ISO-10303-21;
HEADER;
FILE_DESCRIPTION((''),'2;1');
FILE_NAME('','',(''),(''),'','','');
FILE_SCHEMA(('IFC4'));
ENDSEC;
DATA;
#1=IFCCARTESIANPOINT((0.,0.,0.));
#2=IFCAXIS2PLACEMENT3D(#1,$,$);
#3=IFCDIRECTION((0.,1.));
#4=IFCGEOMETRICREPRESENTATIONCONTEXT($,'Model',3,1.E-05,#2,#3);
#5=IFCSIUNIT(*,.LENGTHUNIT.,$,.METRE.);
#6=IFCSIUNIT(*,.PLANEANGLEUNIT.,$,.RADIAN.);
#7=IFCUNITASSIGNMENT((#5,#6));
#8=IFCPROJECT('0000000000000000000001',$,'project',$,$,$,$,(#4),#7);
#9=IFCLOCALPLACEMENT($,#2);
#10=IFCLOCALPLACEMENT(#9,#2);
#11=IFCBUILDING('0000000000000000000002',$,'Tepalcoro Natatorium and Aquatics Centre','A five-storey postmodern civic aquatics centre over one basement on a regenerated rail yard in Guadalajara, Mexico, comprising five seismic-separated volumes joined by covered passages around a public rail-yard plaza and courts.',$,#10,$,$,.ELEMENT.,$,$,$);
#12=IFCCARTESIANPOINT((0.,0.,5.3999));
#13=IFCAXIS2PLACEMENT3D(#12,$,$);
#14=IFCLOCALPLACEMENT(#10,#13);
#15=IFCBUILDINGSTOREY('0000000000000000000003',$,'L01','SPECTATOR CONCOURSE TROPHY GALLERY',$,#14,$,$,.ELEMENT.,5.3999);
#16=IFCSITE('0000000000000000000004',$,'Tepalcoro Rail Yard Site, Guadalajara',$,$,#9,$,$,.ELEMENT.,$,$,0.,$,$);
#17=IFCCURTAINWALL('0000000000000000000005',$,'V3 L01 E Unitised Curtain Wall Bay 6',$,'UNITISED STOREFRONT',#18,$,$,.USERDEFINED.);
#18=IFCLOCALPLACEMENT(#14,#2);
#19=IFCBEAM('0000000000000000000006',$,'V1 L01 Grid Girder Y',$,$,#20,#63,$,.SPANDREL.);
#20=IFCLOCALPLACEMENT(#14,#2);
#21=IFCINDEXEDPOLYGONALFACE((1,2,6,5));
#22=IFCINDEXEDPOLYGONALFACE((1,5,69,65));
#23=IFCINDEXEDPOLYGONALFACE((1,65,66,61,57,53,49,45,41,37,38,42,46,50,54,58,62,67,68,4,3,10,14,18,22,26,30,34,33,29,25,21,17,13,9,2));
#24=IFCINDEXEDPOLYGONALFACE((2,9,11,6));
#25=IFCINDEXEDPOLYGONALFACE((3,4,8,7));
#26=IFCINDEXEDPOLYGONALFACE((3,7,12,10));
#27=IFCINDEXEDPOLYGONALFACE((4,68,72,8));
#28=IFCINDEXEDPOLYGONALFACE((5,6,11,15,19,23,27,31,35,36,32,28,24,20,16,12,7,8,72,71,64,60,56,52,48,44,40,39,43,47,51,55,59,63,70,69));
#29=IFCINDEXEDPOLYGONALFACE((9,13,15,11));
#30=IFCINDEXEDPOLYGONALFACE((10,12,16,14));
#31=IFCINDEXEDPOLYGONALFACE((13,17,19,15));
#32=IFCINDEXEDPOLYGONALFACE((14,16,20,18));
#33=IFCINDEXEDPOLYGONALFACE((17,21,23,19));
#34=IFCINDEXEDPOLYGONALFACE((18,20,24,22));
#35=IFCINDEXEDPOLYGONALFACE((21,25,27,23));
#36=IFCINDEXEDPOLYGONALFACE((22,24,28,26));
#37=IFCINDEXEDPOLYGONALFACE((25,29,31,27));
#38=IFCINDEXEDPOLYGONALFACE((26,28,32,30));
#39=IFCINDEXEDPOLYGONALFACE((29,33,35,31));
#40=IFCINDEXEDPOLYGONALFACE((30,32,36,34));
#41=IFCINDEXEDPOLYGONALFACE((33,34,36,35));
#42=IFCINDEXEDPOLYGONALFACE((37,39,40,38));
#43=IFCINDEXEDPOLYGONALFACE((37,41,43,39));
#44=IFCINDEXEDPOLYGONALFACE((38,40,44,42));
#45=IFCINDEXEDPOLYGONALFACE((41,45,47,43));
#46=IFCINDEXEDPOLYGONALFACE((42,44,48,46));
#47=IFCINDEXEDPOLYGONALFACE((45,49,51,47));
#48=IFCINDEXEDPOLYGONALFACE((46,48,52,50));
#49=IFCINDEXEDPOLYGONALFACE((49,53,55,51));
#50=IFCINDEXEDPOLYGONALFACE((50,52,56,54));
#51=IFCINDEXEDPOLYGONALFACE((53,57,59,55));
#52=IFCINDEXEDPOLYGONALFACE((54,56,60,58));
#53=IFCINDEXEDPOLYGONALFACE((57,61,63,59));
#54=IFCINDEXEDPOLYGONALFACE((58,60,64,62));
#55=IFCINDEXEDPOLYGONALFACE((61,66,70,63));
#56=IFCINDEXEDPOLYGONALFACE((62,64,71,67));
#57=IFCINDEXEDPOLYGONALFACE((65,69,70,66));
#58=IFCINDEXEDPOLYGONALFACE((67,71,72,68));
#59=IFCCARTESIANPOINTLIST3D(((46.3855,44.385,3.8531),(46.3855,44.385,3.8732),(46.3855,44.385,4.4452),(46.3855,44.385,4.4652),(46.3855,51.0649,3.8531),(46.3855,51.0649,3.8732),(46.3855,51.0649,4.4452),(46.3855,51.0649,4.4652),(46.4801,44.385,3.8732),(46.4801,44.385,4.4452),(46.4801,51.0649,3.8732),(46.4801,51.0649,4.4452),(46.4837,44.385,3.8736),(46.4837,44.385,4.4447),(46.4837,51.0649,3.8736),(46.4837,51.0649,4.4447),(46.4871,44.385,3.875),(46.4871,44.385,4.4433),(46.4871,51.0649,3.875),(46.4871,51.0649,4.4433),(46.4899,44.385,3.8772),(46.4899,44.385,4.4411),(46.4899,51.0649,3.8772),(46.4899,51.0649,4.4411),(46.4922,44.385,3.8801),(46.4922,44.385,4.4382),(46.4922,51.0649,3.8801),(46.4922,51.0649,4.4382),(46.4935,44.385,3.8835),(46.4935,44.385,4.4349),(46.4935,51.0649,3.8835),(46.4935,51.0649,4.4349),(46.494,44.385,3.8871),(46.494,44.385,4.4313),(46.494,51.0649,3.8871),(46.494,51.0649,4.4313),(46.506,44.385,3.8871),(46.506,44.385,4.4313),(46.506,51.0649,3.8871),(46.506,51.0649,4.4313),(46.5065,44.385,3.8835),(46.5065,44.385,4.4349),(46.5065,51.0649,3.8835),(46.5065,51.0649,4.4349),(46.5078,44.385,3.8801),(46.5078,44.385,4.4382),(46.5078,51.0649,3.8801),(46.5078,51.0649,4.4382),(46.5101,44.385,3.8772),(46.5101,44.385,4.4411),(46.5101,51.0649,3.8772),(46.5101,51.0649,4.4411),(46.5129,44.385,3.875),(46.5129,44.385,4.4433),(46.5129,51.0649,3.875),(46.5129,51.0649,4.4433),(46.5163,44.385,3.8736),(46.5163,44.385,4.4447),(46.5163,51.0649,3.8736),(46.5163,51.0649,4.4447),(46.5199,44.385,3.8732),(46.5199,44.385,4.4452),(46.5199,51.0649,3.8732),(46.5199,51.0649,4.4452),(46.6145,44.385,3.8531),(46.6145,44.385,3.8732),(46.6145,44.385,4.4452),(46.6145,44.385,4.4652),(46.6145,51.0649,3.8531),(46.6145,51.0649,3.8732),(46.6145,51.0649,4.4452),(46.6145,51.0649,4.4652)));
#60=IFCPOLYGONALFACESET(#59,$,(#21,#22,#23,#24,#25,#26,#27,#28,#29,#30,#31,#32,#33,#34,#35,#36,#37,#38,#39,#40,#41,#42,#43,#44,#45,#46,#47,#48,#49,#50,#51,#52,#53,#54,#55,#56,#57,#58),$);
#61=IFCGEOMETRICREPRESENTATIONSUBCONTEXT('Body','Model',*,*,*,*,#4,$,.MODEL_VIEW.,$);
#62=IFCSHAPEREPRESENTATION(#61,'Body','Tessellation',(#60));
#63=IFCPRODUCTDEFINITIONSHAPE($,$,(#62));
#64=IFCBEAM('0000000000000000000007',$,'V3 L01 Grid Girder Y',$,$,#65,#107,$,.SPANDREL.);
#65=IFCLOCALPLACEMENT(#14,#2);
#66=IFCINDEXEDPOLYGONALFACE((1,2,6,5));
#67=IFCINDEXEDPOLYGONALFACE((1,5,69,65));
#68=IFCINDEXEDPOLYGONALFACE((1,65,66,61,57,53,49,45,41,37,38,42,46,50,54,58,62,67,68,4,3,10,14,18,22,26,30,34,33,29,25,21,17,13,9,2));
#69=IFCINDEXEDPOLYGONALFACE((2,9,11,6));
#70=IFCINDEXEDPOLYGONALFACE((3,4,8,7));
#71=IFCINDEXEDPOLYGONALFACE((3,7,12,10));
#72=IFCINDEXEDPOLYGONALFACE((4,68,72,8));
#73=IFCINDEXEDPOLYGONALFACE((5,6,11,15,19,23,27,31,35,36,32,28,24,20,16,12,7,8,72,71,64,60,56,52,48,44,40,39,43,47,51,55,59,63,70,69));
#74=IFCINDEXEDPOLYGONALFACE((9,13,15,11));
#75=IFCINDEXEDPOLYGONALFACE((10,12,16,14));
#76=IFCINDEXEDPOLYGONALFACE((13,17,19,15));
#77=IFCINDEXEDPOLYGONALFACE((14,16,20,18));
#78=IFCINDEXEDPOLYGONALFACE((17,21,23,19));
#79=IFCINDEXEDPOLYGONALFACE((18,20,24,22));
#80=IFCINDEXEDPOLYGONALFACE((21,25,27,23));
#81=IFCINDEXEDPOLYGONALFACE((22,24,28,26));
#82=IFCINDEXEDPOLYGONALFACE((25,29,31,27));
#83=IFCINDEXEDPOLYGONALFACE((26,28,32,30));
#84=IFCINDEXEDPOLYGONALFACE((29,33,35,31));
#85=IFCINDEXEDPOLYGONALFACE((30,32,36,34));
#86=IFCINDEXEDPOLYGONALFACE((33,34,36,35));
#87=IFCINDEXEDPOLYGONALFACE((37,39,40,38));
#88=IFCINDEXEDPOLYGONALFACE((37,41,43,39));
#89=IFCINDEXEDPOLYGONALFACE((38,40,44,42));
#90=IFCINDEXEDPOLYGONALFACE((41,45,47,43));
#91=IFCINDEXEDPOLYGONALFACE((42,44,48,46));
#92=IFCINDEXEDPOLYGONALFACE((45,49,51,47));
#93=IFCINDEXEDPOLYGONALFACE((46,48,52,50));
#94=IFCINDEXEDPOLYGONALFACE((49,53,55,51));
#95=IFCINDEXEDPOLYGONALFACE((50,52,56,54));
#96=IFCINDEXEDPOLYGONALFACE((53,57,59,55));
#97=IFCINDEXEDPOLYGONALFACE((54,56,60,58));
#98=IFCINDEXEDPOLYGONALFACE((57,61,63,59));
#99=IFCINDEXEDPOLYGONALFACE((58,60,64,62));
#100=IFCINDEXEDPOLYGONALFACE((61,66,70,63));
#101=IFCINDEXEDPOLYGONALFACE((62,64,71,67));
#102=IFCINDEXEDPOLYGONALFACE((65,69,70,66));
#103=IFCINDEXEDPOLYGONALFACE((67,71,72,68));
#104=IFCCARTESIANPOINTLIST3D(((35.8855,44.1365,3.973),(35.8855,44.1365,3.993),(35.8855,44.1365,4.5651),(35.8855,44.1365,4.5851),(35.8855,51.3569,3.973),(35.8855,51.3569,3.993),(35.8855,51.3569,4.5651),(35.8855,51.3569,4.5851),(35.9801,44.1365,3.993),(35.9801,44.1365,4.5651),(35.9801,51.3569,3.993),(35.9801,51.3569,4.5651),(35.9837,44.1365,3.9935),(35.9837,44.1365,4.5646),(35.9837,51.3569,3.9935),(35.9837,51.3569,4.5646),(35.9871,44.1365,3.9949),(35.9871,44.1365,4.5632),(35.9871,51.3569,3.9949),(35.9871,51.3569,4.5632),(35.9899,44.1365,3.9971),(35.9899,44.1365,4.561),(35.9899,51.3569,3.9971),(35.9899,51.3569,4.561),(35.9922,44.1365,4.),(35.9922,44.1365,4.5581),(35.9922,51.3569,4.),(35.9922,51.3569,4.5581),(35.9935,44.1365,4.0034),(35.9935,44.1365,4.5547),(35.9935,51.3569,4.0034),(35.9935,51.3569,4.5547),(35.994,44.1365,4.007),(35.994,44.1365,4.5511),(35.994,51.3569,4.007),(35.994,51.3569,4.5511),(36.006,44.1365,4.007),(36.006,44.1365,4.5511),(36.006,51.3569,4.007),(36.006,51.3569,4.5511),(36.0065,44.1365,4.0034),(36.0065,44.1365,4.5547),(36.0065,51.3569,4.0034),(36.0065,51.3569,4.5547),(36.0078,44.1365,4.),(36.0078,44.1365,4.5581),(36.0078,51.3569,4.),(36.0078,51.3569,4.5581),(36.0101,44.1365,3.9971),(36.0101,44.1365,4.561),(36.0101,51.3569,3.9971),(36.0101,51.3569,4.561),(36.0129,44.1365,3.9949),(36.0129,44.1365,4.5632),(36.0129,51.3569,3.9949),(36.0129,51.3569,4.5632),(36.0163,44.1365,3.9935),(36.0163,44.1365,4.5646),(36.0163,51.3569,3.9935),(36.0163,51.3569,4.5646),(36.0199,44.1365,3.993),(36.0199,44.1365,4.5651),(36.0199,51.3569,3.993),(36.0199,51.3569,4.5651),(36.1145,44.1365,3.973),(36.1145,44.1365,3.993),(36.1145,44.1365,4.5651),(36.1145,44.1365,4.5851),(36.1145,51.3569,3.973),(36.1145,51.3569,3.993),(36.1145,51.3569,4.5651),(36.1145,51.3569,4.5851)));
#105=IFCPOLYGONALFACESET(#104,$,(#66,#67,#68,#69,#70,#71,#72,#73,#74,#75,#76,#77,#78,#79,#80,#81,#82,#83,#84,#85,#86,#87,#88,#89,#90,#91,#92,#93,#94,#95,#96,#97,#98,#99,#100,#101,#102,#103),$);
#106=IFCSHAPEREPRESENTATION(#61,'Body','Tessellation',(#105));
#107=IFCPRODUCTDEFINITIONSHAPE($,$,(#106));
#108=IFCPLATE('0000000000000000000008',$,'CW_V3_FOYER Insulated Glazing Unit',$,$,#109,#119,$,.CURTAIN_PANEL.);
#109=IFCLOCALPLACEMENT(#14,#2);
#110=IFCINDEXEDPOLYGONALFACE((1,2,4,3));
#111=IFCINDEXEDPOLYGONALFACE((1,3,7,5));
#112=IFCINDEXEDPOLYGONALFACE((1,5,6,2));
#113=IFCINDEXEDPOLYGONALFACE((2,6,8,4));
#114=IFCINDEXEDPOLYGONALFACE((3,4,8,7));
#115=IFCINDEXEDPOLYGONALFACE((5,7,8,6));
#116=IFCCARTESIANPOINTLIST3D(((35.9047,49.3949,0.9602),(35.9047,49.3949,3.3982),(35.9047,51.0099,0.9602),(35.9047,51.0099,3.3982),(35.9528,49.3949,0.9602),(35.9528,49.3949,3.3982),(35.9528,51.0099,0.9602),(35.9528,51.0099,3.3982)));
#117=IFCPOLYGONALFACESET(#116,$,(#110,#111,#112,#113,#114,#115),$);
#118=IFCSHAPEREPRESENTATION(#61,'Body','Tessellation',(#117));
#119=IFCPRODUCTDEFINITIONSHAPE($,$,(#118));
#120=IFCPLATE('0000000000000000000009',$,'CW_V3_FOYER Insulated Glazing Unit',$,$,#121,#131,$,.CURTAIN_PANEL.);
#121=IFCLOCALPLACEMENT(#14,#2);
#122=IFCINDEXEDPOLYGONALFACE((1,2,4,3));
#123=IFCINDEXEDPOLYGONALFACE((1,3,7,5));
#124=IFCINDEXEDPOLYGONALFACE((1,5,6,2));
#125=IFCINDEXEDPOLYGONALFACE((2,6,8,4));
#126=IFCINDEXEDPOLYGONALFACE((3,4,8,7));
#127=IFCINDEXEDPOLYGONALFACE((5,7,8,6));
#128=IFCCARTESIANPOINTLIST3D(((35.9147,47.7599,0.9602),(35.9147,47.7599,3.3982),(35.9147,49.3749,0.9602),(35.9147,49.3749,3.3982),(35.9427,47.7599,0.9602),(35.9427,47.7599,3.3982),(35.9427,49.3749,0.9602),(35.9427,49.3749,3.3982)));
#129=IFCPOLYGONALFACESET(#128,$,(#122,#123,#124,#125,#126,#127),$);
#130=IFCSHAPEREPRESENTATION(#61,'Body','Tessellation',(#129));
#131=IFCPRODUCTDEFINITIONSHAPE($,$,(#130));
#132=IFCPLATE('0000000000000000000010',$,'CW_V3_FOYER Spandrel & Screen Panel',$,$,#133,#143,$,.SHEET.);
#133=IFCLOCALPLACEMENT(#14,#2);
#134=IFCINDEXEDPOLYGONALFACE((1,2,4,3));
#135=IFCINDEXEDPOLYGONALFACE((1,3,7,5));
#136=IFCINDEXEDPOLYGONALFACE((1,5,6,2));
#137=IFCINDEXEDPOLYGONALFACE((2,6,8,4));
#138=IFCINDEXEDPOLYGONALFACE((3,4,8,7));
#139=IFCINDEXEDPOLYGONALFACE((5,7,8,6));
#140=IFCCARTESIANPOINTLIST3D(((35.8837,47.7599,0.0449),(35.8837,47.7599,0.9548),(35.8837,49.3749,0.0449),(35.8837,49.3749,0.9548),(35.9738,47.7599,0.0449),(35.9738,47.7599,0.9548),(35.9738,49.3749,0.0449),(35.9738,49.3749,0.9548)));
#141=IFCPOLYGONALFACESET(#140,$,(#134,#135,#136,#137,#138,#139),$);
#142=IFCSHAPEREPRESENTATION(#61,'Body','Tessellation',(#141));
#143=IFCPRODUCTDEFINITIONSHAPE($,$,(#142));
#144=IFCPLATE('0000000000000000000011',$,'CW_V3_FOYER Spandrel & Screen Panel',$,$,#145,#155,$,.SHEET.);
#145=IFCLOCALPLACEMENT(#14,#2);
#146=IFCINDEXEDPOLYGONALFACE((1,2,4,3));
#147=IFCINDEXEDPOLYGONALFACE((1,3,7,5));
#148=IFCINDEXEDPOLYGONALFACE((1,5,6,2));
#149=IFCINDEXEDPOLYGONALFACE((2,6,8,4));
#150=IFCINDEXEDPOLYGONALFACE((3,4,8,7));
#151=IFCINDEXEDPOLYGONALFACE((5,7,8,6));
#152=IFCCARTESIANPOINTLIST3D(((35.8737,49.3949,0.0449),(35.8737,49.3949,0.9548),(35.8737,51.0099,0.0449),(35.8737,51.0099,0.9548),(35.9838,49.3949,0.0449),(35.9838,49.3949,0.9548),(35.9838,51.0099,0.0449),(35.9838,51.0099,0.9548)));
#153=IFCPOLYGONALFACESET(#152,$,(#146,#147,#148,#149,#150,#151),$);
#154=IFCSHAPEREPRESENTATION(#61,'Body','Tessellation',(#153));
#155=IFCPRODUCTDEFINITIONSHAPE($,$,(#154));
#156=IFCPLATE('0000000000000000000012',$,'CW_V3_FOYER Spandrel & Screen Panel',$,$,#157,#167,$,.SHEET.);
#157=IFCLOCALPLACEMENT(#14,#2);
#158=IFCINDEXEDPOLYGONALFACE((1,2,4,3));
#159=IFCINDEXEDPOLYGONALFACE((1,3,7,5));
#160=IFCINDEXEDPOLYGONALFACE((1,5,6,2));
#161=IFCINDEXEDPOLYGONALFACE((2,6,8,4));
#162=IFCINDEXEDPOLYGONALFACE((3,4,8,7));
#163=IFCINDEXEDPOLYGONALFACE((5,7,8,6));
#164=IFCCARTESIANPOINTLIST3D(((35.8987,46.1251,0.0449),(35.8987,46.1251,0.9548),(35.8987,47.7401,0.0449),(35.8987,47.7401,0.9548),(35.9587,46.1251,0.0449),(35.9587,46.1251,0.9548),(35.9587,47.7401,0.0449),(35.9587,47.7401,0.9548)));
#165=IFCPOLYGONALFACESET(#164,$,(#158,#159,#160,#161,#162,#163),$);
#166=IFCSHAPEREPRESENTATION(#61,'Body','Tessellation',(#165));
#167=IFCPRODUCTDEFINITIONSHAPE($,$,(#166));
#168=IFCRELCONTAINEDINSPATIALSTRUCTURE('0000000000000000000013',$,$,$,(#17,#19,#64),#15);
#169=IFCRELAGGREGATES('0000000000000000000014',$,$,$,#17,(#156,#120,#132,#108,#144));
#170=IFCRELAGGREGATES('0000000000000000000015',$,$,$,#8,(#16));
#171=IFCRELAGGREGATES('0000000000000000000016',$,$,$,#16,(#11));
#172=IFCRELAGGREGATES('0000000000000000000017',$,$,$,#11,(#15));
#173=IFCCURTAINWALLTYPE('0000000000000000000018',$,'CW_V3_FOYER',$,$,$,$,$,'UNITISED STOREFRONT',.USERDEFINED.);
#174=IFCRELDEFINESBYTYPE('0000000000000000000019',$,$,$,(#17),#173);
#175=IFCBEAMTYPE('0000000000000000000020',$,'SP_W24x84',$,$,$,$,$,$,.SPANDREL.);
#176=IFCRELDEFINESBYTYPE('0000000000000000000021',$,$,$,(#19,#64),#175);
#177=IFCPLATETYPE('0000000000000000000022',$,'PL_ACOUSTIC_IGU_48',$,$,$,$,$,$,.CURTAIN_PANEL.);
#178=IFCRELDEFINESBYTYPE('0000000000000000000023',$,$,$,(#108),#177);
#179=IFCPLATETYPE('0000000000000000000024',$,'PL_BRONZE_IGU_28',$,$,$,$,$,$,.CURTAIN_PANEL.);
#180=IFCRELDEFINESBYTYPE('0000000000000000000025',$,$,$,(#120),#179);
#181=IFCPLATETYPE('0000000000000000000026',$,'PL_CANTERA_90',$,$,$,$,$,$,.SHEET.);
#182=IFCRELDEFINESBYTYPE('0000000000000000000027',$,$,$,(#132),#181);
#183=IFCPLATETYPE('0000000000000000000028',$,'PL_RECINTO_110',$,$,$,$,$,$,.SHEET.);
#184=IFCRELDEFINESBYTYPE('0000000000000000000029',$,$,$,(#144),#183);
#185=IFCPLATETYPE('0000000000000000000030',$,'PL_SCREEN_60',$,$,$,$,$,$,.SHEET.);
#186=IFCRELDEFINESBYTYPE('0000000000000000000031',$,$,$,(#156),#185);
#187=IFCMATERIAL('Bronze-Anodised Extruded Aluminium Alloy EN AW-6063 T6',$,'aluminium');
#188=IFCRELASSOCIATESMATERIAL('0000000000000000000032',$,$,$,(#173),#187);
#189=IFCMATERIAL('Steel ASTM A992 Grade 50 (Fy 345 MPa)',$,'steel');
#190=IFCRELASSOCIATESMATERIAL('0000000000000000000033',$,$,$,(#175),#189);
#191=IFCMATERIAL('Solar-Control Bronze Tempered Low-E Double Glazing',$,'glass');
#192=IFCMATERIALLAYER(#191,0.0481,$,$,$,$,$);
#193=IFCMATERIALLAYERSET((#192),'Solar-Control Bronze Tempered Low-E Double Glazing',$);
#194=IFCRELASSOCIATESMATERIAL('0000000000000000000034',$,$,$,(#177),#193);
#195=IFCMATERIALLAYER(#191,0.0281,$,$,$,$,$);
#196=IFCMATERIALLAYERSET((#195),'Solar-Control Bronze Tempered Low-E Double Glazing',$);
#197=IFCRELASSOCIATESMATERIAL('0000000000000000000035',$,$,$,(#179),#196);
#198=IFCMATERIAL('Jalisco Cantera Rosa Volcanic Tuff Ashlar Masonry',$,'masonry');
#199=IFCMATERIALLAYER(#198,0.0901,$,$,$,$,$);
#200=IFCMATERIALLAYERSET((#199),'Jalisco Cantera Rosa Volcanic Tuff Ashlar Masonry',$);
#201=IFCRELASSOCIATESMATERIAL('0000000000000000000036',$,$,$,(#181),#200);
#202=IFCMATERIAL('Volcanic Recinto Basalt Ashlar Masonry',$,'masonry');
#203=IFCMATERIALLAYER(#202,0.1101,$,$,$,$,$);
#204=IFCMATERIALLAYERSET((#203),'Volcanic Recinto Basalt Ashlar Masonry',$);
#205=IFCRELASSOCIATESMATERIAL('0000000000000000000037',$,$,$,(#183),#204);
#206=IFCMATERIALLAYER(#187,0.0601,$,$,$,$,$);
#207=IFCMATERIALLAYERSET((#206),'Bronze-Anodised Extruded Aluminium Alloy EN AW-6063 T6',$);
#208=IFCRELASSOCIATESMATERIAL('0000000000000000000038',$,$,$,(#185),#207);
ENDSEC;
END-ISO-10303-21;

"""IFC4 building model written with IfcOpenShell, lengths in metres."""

from ifc_helpers import new_model, si_unit, direction, frame, origin, origin_2d, place, context, subcontext, project, spatial, rectangle, i_section, extrude, material, layer, layer_set, material_profile, profile_set, type_object, element, aggregate, save


model = new_model("IFC4")

# Units and contexts
model_context = context("Model", 3, precision=1e-05, world=origin(), true_north=direction((0.0, 1.0)))
body_context = subcontext(model_context, "Body", "Model", "MODEL_VIEW")
ifc_project = project(units=[si_unit("LENGTHUNIT", "METRE"), si_unit("PLANEANGLEUNIT", "RADIAN")], contexts=[model_context])

# Site, building, storey
site_placement = place(None, origin())
site = spatial("IfcSite", under=ifc_project, at=site_placement, Name="Tepalcoro Rail Yard Site, Guadalajara", CompositionType="ELEMENT", RefElevation=0.0)
building_placement = place(site_placement, origin())
building = spatial("IfcBuilding", under=site, at=building_placement, Name="Tepalcoro Natatorium and Aquatics Centre", Description="A five-storey postmodern civic aquatics centre over one basement on a regenerated rail yard in Guadalajara, Mexico, comprising five seismic-separated volumes joined by covered passages around a public rail-yard plaza and courts.", CompositionType="ELEMENT")
storey_placement = place(building_placement, frame((0.0, 0.0, 5.3999)))
storey = spatial("IfcBuildingStorey", under=building, at=storey_placement, Name="L01", Description="SPECTATOR CONCOURSE TROPHY GALLERY", CompositionType="ELEMENT", Elevation=5.3999)

# Shared definitions
ifc_material_1 = material(Name="Steel ASTM A992 Grade 50 (Fy 345 MPa)", Category="steel")

# Shared definitions
ifc_material_2 = material(Name="Bronze-Anodised Extruded Aluminium Alloy EN AW-6063 T6", Category="aluminium")
curtain_wall_type_1 = type_object("IfcCurtainWallType", Name="CW_V3_FOYER", ElementType="UNITISED STOREFRONT", PredefinedType="USERDEFINED", material=ifc_material_2)

# Curtain wall
curtain_wall_1_placement = place(storey_placement, origin())
curtain_wall_1 = element("IfcCurtainWall", 1, at=curtain_wall_1_placement, inside=storey, type_object=curtain_wall_type_1, Name="V3 L01 E Unitised Curtain Wall Bay 6", ObjectType="UNITISED STOREFRONT", PredefinedType="USERDEFINED")

# Beams
ifc_material_profile_1 = material_profile(ifc_material_1, i_section(OverallWidth=0.229, OverallDepth=0.6121, WebThickness=0.012, FlangeThickness=0.02, FilletRadius=0.0139, at=origin_2d()), Name="W24X84")
ifc_profile_set_1 = profile_set([ifc_material_profile_1], Name="Steel ASTM A992 Grade 50 (Fy 345 MPa)")
beam_type_1 = type_object("IfcBeamType", Name="SP_W24x84", PredefinedType="SPANDREL", material=ifc_profile_set_1)
beam_1_placement = place(storey_placement, frame((46.5, 44.385, 4.1592), z_axis=(0.0, 1.0, 0.0), x_axis=(-1.0, 0.0, 0.0)))
element("IfcBeam", 2, at=beam_1_placement, inside=storey, type_object=beam_type_1, Name="V1 L01 Grid Girder Y", PredefinedType="SPANDREL", context=body_context, shape_type="SweptSolid", body=[
    extrude(i_section(OverallWidth=0.229, OverallDepth=0.6121, WebThickness=0.012, FlangeThickness=0.02, FilletRadius=0.0139, at=origin_2d()), origin(), (0.0, 0.0, 1.0), 6.6799),
])
beam_2_placement = place(storey_placement, frame((36.0, 44.1365, 4.2791), z_axis=(0.0, 1.0, 0.0), x_axis=(-1.0, 0.0, 0.0)))
element("IfcBeam", 3, at=beam_2_placement, inside=storey, type_object=beam_type_1, Name="V3 L01 Grid Girder Y", PredefinedType="SPANDREL", context=body_context, shape_type="SweptSolid", body=[
    extrude(i_section(OverallWidth=0.229, OverallDepth=0.6121, WebThickness=0.012, FlangeThickness=0.02, FilletRadius=0.0139, at=origin_2d()), origin(), (0.0, 0.0, 1.0), 7.2205),
])

# Plates
ifc_material_3 = material(Name="Solar-Control Bronze Tempered Low-E Double Glazing", Category="glass")
ifc_layer_1 = layer(ifc_material_3, 0.0481)
ifc_layer_set_1 = layer_set([ifc_layer_1], Name="Solar-Control Bronze Tempered Low-E Double Glazing")
plate_type_1 = type_object("IfcPlateType", Name="PL_ACOUSTIC_IGU_48", PredefinedType="CURTAIN_PANEL", material=ifc_layer_set_1)
plate_1_placement = place(storey_placement, frame((35.9287, 50.2024, 0.9602), z_axis=(0.0, 0.0, 1.0), x_axis=(1.0, 0.0, 0.0)))
plate_1 = element("IfcPlate", 4, at=plate_1_placement, type_object=plate_type_1, Name="CW_V3_FOYER Insulated Glazing Unit", PredefinedType="CURTAIN_PANEL", context=body_context, shape_type="SweptSolid", body=[
    extrude(rectangle(XDim=0.0481, YDim=1.615, at=origin_2d()), origin(), (0.0, 0.0, 1.0), 2.438),
])
ifc_layer_2 = layer(ifc_material_3, 0.0281)
ifc_layer_set_2 = layer_set([ifc_layer_2], Name="Solar-Control Bronze Tempered Low-E Double Glazing")
plate_type_2 = type_object("IfcPlateType", Name="PL_BRONZE_IGU_28", PredefinedType="CURTAIN_PANEL", material=ifc_layer_set_2)
plate_2_placement = place(storey_placement, frame((35.9287, 48.5674, 0.9602), z_axis=(0.0, 0.0, 1.0), x_axis=(1.0, 0.0, 0.0)))
plate_2 = element("IfcPlate", 5, at=plate_2_placement, type_object=plate_type_2, Name="CW_V3_FOYER Insulated Glazing Unit", PredefinedType="CURTAIN_PANEL", context=body_context, shape_type="SweptSolid", body=[
    extrude(rectangle(XDim=0.0281, YDim=1.615, at=origin_2d()), origin(), (0.0, 0.0, 1.0), 2.438),
])
ifc_material_4 = material(Name="Jalisco Cantera Rosa Volcanic Tuff Ashlar Masonry", Category="masonry")
ifc_layer_3 = layer(ifc_material_4, 0.0901)
ifc_layer_set_3 = layer_set([ifc_layer_3], Name="Jalisco Cantera Rosa Volcanic Tuff Ashlar Masonry")
plate_type_3 = type_object("IfcPlateType", Name="PL_CANTERA_90", PredefinedType="SHEET", material=ifc_layer_set_3)
plate_3_placement = place(storey_placement, frame((35.9287, 48.5674, 0.0449), z_axis=(0.0, 0.0, 1.0), x_axis=(1.0, 0.0, 0.0)))
plate_3 = element("IfcPlate", 6, at=plate_3_placement, type_object=plate_type_3, Name="CW_V3_FOYER Spandrel & Screen Panel", PredefinedType="SHEET", context=body_context, shape_type="SweptSolid", body=[
    extrude(rectangle(XDim=0.0901, YDim=1.615, at=origin_2d()), origin(), (0.0, 0.0, 1.0), 0.9099),
])
ifc_material_5 = material(Name="Volcanic Recinto Basalt Ashlar Masonry", Category="masonry")
ifc_layer_4 = layer(ifc_material_5, 0.1101)
ifc_layer_set_4 = layer_set([ifc_layer_4], Name="Volcanic Recinto Basalt Ashlar Masonry")
plate_type_4 = type_object("IfcPlateType", Name="PL_RECINTO_110", PredefinedType="SHEET", material=ifc_layer_set_4)
plate_4_placement = place(storey_placement, frame((35.9287, 50.2024, 0.0449), z_axis=(0.0, 0.0, 1.0), x_axis=(1.0, 0.0, 0.0)))
plate_4 = element("IfcPlate", 7, at=plate_4_placement, type_object=plate_type_4, Name="CW_V3_FOYER Spandrel & Screen Panel", PredefinedType="SHEET", context=body_context, shape_type="SweptSolid", body=[
    extrude(rectangle(XDim=0.1101, YDim=1.615, at=origin_2d()), origin(), (0.0, 0.0, 1.0), 0.9099),
])
ifc_layer_5 = layer(ifc_material_2, 0.0601)
ifc_layer_set_5 = layer_set([ifc_layer_5], Name="Bronze-Anodised Extruded Aluminium Alloy EN AW-6063 T6")
plate_type_5 = type_object("IfcPlateType", Name="PL_SCREEN_60", PredefinedType="SHEET", material=ifc_layer_set_5)
plate_5_placement = place(storey_placement, frame((35.9287, 46.9326, 0.0449), z_axis=(0.0, 0.0, 1.0), x_axis=(1.0, 0.0, 0.0)))
plate_5 = element("IfcPlate", 8, at=plate_5_placement, type_object=plate_type_5, Name="CW_V3_FOYER Spandrel & Screen Panel", PredefinedType="SHEET", context=body_context, shape_type="SweptSolid", body=[
    extrude(rectangle(XDim=0.0601, YDim=1.615, at=origin_2d()), origin(), (0.0, 0.0, 1.0), 0.9099),
])
aggregate(curtain_wall_1, [plate_5, plate_2, plate_3, plate_1, plate_4])

save(model, "model.ifc")
